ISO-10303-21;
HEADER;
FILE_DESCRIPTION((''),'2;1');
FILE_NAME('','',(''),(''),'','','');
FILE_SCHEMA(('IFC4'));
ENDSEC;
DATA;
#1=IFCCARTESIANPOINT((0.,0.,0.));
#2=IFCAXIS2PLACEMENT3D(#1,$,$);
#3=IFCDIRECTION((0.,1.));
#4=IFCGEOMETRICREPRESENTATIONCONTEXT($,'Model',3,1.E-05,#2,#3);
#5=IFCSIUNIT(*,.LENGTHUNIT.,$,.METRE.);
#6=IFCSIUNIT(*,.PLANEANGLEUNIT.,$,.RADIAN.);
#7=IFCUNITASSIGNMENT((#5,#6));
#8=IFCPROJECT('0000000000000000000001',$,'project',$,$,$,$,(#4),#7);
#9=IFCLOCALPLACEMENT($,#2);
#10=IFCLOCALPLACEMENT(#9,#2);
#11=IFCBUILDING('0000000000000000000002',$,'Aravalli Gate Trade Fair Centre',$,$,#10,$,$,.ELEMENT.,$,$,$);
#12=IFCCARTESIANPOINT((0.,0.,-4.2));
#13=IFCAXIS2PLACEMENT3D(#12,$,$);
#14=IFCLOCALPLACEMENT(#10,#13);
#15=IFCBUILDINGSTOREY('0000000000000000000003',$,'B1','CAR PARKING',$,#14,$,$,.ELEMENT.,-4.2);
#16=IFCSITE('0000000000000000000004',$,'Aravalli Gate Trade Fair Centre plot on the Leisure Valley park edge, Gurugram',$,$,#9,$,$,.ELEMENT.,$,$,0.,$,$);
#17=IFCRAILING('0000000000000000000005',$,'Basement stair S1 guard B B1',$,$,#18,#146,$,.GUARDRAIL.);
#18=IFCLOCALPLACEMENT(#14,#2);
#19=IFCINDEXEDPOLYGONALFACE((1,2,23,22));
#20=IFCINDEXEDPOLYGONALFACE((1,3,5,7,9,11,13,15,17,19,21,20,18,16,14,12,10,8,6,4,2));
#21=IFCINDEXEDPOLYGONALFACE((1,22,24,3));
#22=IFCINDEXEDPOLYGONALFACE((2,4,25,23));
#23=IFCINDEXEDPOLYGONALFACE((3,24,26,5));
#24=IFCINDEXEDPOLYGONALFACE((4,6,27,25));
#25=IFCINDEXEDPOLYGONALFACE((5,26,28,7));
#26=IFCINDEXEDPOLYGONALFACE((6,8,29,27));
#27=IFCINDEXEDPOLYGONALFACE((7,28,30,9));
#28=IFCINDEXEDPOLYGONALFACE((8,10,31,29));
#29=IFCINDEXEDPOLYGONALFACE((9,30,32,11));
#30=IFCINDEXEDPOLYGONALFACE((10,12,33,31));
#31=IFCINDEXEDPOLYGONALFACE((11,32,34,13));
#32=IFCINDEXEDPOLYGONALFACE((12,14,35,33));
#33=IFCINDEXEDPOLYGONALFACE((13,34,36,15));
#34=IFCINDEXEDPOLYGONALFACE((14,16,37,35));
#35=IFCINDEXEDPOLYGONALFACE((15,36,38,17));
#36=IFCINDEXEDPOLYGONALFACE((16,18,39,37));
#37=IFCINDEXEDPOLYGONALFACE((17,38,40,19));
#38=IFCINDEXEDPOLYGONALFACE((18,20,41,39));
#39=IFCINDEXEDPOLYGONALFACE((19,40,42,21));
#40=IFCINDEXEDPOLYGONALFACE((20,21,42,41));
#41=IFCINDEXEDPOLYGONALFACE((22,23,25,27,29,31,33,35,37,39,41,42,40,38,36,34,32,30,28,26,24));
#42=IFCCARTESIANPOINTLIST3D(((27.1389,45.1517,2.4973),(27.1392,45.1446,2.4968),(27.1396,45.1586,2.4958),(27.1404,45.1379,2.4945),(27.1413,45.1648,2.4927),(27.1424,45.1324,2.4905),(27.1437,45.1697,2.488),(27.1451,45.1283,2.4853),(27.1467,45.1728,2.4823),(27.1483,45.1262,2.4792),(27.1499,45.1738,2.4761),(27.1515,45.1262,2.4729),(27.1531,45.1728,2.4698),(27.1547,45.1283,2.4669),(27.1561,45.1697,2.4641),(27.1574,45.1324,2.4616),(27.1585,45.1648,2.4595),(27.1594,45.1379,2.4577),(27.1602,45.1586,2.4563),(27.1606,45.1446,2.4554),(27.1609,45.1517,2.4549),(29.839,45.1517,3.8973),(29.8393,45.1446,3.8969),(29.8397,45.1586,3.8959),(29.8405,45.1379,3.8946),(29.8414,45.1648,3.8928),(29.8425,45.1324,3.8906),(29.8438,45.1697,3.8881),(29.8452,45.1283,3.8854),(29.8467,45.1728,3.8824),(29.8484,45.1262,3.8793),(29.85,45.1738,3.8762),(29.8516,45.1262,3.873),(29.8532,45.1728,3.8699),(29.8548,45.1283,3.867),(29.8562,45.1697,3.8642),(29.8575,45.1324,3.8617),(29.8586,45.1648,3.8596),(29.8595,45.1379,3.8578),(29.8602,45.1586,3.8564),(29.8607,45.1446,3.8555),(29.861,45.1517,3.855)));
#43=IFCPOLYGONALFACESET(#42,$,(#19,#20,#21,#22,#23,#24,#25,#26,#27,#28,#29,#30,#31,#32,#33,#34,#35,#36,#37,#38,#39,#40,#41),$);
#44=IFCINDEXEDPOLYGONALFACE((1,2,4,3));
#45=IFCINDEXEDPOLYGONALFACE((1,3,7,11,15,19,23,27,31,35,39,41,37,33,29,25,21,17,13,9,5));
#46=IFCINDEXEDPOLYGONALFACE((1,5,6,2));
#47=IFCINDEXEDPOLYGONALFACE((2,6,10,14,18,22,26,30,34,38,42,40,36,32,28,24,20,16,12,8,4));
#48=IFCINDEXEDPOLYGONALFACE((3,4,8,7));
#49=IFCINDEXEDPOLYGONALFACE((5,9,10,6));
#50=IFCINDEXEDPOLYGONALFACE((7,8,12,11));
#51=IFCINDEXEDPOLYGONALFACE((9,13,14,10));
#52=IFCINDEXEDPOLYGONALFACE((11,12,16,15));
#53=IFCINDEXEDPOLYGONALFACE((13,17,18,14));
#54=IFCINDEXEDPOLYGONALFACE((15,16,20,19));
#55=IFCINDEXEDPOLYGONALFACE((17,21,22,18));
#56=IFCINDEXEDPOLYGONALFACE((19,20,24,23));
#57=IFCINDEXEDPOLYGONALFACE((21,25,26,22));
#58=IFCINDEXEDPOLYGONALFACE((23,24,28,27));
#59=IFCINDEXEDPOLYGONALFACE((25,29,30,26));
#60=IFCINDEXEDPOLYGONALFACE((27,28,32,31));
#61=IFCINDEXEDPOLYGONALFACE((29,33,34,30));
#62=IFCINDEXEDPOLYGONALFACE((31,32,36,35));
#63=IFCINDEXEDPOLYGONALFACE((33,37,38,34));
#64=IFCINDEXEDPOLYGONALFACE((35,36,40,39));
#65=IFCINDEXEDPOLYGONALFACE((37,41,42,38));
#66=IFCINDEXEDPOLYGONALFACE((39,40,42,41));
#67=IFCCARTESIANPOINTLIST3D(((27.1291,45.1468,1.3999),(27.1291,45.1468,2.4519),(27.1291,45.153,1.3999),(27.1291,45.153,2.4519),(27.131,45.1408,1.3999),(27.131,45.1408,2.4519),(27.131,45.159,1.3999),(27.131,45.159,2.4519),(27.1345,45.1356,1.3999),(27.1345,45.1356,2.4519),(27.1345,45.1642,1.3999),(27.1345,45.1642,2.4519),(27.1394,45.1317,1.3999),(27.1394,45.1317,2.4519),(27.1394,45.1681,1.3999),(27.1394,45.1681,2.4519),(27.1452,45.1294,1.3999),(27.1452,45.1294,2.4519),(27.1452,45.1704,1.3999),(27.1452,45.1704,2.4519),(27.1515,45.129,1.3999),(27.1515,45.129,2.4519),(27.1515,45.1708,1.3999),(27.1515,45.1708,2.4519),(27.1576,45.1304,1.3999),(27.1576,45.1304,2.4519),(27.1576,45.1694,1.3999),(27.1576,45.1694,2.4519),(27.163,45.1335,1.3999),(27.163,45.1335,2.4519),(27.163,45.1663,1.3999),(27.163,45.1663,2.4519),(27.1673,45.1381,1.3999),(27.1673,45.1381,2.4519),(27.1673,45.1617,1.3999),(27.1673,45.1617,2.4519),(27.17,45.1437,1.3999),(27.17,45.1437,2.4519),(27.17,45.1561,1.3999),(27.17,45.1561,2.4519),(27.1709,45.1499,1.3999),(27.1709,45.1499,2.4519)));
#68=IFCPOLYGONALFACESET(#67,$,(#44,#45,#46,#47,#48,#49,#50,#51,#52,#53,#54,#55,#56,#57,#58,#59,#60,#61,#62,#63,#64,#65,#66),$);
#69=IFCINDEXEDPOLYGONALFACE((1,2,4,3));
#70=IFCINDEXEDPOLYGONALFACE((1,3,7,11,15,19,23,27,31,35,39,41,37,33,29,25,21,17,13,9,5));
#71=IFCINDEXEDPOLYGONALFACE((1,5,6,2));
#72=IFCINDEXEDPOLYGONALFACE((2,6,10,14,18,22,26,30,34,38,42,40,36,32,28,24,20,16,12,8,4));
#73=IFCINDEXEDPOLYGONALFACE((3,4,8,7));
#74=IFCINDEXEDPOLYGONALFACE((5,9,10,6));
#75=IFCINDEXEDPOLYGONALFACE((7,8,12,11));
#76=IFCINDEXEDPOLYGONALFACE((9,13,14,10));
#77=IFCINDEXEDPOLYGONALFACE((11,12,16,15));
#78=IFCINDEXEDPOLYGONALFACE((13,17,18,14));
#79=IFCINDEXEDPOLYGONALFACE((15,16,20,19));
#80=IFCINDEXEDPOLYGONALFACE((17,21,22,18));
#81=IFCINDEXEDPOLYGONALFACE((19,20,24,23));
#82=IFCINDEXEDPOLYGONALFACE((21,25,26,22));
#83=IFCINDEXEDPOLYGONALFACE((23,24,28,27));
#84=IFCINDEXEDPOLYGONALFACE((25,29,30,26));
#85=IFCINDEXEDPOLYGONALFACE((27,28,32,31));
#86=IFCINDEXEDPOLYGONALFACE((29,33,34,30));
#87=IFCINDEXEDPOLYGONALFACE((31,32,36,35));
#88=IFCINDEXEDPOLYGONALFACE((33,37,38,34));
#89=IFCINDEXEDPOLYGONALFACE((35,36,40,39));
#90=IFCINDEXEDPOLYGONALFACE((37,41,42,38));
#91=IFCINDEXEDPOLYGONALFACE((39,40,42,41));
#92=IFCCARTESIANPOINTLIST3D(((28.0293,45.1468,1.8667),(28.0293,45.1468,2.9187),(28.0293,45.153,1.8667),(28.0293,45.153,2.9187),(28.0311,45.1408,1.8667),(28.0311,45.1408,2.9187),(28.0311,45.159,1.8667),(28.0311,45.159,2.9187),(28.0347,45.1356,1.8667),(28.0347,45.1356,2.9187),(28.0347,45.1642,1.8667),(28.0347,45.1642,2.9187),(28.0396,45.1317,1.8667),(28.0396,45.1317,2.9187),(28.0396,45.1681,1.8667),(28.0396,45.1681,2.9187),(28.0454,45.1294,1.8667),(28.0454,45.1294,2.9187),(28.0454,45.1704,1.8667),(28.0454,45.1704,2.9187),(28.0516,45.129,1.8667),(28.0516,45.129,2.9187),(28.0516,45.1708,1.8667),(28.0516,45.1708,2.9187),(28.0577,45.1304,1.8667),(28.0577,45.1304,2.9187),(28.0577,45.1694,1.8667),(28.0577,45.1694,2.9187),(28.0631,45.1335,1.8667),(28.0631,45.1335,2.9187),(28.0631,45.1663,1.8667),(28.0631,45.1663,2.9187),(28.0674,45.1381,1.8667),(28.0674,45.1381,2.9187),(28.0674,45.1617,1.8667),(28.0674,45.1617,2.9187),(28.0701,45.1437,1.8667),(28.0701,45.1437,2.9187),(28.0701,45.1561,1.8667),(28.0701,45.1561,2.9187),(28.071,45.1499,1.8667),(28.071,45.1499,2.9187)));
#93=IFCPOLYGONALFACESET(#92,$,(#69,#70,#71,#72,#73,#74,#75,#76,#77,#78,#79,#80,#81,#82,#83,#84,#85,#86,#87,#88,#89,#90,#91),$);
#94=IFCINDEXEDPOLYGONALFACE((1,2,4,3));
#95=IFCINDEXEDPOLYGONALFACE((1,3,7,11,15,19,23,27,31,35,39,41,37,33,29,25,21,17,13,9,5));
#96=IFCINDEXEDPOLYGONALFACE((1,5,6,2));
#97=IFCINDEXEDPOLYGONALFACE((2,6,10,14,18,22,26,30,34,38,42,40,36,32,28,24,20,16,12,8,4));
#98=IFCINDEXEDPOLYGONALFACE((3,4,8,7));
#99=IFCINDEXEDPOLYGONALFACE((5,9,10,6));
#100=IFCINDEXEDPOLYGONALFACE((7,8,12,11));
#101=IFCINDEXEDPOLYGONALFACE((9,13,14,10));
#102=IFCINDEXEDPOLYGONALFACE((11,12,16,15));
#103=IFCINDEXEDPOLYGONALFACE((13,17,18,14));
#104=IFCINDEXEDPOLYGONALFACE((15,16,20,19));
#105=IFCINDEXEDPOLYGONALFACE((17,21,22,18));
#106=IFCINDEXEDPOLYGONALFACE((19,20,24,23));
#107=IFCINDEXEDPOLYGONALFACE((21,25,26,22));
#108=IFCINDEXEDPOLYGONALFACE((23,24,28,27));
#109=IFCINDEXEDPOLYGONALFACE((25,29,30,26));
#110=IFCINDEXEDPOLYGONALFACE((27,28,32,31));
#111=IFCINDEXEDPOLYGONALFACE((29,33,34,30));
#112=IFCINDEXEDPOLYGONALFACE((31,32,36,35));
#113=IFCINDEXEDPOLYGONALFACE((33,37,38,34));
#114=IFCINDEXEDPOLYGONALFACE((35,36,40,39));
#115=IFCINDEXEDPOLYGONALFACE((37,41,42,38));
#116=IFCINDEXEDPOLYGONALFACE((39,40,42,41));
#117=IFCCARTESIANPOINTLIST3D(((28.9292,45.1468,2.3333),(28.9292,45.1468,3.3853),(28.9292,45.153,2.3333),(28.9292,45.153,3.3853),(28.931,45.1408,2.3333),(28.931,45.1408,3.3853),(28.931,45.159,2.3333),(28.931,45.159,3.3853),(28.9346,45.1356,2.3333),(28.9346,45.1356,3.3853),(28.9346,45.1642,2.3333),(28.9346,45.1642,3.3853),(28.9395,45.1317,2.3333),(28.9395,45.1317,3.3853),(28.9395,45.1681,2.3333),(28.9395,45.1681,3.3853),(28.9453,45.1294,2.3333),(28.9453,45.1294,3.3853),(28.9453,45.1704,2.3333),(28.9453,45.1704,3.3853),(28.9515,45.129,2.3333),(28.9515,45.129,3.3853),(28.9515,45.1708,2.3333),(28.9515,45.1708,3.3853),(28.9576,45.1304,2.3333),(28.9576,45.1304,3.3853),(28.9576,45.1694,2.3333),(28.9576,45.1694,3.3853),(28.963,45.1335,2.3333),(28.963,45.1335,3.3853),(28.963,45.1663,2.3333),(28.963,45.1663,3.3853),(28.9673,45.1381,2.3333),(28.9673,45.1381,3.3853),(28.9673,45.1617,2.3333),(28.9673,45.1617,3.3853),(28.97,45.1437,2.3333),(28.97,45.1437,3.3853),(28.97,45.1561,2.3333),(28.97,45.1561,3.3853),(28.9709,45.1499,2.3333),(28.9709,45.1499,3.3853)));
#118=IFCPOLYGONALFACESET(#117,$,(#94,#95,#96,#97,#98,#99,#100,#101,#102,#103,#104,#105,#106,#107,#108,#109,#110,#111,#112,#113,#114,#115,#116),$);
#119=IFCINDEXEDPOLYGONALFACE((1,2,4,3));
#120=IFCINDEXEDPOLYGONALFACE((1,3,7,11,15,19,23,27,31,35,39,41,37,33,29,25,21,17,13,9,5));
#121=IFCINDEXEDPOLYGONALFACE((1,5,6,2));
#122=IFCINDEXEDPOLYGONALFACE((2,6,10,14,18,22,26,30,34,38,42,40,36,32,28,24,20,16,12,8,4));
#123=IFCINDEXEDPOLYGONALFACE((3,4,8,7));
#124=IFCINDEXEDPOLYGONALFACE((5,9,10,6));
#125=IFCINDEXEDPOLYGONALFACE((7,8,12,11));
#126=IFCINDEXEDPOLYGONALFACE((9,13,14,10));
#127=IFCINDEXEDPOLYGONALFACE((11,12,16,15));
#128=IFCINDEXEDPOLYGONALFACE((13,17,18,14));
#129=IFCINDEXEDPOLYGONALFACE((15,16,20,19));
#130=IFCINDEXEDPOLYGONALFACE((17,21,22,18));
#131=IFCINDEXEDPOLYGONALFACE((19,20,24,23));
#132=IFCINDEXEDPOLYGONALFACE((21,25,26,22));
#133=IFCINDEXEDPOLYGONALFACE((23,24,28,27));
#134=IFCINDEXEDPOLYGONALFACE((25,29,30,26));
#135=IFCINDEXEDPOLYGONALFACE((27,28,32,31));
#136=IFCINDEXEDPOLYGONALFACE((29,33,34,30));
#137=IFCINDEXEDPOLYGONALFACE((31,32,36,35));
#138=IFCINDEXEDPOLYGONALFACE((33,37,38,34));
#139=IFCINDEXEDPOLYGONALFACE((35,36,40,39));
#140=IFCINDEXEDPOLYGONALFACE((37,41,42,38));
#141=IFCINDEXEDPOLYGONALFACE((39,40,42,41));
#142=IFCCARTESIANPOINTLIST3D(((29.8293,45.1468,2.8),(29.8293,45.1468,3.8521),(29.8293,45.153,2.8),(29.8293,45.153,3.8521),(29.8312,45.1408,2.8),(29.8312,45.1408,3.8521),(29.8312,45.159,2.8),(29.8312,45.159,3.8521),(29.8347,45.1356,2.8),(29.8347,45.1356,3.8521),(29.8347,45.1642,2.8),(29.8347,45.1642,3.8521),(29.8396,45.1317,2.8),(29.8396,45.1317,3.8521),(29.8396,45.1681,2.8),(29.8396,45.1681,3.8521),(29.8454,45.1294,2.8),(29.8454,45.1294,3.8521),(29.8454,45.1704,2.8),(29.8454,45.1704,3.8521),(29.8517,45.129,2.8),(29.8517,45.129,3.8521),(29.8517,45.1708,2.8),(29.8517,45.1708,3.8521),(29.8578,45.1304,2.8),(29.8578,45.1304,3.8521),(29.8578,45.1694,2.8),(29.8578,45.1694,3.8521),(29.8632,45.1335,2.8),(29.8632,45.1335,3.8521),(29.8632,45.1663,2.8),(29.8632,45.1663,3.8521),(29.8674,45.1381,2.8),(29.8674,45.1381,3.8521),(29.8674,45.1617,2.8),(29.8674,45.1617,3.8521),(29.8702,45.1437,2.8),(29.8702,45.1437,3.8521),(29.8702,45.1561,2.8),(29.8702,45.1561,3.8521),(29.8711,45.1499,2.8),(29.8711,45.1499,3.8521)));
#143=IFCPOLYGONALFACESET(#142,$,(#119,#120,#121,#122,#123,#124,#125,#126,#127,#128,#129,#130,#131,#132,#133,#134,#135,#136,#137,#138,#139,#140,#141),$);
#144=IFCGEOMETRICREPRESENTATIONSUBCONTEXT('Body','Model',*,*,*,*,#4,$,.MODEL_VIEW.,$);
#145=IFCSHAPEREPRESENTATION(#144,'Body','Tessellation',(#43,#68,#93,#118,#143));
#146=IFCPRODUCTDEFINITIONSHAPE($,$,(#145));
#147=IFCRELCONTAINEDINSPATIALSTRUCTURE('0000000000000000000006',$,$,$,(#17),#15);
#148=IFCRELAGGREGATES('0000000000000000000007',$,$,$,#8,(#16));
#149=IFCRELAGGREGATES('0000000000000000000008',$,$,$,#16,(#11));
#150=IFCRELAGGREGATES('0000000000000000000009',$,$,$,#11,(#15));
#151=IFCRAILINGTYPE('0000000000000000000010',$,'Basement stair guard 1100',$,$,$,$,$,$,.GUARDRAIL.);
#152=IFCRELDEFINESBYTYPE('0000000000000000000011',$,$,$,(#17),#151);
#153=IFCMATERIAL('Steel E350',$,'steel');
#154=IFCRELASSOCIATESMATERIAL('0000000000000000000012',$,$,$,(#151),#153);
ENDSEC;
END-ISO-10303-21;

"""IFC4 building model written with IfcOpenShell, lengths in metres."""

from ifc_helpers import new_model, si_unit, direction, frame, origin, origin_2d, place, context, subcontext, project, spatial, circle, extrude, material, type_object, element, save


model = new_model("IFC4")

# Units and contexts
model_context = context("Model", 3, precision=1e-05, world=origin(), true_north=direction((0.0, 1.0)))
body_context = subcontext(model_context, "Body", "Model", "MODEL_VIEW")
ifc_project = project(units=[si_unit("LENGTHUNIT", "METRE"), si_unit("PLANEANGLEUNIT", "RADIAN")], contexts=[model_context])

# Site, building, storey
site_placement = place(None, origin())
site = spatial("IfcSite", under=ifc_project, at=site_placement, Name="Aravalli Gate Trade Fair Centre plot on the Leisure Valley park edge, Gurugram", CompositionType="ELEMENT", RefElevation=0.0)
building_placement = place(site_placement, origin())
building = spatial("IfcBuilding", under=site, at=building_placement, Name="Aravalli Gate Trade Fair Centre", CompositionType="ELEMENT")
storey_placement = place(building_placement, frame((0.0, 0.0, -4.2)))
storey = spatial("IfcBuildingStorey", under=building, at=storey_placement, Name="B1", Description="CAR PARKING", CompositionType="ELEMENT", Elevation=-4.2)

# Railing
ifc_material_1 = material(Name="Steel E350", Category="steel")
railing_type_1 = type_object("IfcRailingType", Name="Basement stair guard 1100", PredefinedType="GUARDRAIL", material=ifc_material_1)
railing_1_placement = place(storey_placement, frame((27.1499, 45.1499, 1.3999)))
element("IfcRailing", 1, at=railing_1_placement, inside=storey, type_object=railing_type_1, Name="Basement stair S1 guard B B1", PredefinedType="GUARDRAIL", context=body_context, shape_type="SweptSolid", body=[
    extrude(circle(Radius=0.0239, at=origin_2d()), frame((0.0, 0.0, 1.0762), z_axis=(0.887748, 0.0, 0.460329), x_axis=(0.0, 1.0, 0.0)), (0.0, 0.0, 1.0), 3.0415),
    extrude(circle(Radius=0.021, at=origin_2d()), origin(), (0.0, 0.0, 1.0), 1.052),
    extrude(circle(Radius=0.021, at=origin_2d()), frame((0.9001, 0.0, 0.4668)), (0.0, 0.0, 1.0), 1.052),
    extrude(circle(Radius=0.021, at=origin_2d()), frame((1.8, 0.0, 0.9333)), (0.0, 0.0, 1.0), 1.052),
    extrude(circle(Radius=0.021, at=origin_2d()), frame((2.7002, 0.0, 1.4001)), (0.0, 0.0, 1.0), 1.052),
])

save(model, "model.ifc")
